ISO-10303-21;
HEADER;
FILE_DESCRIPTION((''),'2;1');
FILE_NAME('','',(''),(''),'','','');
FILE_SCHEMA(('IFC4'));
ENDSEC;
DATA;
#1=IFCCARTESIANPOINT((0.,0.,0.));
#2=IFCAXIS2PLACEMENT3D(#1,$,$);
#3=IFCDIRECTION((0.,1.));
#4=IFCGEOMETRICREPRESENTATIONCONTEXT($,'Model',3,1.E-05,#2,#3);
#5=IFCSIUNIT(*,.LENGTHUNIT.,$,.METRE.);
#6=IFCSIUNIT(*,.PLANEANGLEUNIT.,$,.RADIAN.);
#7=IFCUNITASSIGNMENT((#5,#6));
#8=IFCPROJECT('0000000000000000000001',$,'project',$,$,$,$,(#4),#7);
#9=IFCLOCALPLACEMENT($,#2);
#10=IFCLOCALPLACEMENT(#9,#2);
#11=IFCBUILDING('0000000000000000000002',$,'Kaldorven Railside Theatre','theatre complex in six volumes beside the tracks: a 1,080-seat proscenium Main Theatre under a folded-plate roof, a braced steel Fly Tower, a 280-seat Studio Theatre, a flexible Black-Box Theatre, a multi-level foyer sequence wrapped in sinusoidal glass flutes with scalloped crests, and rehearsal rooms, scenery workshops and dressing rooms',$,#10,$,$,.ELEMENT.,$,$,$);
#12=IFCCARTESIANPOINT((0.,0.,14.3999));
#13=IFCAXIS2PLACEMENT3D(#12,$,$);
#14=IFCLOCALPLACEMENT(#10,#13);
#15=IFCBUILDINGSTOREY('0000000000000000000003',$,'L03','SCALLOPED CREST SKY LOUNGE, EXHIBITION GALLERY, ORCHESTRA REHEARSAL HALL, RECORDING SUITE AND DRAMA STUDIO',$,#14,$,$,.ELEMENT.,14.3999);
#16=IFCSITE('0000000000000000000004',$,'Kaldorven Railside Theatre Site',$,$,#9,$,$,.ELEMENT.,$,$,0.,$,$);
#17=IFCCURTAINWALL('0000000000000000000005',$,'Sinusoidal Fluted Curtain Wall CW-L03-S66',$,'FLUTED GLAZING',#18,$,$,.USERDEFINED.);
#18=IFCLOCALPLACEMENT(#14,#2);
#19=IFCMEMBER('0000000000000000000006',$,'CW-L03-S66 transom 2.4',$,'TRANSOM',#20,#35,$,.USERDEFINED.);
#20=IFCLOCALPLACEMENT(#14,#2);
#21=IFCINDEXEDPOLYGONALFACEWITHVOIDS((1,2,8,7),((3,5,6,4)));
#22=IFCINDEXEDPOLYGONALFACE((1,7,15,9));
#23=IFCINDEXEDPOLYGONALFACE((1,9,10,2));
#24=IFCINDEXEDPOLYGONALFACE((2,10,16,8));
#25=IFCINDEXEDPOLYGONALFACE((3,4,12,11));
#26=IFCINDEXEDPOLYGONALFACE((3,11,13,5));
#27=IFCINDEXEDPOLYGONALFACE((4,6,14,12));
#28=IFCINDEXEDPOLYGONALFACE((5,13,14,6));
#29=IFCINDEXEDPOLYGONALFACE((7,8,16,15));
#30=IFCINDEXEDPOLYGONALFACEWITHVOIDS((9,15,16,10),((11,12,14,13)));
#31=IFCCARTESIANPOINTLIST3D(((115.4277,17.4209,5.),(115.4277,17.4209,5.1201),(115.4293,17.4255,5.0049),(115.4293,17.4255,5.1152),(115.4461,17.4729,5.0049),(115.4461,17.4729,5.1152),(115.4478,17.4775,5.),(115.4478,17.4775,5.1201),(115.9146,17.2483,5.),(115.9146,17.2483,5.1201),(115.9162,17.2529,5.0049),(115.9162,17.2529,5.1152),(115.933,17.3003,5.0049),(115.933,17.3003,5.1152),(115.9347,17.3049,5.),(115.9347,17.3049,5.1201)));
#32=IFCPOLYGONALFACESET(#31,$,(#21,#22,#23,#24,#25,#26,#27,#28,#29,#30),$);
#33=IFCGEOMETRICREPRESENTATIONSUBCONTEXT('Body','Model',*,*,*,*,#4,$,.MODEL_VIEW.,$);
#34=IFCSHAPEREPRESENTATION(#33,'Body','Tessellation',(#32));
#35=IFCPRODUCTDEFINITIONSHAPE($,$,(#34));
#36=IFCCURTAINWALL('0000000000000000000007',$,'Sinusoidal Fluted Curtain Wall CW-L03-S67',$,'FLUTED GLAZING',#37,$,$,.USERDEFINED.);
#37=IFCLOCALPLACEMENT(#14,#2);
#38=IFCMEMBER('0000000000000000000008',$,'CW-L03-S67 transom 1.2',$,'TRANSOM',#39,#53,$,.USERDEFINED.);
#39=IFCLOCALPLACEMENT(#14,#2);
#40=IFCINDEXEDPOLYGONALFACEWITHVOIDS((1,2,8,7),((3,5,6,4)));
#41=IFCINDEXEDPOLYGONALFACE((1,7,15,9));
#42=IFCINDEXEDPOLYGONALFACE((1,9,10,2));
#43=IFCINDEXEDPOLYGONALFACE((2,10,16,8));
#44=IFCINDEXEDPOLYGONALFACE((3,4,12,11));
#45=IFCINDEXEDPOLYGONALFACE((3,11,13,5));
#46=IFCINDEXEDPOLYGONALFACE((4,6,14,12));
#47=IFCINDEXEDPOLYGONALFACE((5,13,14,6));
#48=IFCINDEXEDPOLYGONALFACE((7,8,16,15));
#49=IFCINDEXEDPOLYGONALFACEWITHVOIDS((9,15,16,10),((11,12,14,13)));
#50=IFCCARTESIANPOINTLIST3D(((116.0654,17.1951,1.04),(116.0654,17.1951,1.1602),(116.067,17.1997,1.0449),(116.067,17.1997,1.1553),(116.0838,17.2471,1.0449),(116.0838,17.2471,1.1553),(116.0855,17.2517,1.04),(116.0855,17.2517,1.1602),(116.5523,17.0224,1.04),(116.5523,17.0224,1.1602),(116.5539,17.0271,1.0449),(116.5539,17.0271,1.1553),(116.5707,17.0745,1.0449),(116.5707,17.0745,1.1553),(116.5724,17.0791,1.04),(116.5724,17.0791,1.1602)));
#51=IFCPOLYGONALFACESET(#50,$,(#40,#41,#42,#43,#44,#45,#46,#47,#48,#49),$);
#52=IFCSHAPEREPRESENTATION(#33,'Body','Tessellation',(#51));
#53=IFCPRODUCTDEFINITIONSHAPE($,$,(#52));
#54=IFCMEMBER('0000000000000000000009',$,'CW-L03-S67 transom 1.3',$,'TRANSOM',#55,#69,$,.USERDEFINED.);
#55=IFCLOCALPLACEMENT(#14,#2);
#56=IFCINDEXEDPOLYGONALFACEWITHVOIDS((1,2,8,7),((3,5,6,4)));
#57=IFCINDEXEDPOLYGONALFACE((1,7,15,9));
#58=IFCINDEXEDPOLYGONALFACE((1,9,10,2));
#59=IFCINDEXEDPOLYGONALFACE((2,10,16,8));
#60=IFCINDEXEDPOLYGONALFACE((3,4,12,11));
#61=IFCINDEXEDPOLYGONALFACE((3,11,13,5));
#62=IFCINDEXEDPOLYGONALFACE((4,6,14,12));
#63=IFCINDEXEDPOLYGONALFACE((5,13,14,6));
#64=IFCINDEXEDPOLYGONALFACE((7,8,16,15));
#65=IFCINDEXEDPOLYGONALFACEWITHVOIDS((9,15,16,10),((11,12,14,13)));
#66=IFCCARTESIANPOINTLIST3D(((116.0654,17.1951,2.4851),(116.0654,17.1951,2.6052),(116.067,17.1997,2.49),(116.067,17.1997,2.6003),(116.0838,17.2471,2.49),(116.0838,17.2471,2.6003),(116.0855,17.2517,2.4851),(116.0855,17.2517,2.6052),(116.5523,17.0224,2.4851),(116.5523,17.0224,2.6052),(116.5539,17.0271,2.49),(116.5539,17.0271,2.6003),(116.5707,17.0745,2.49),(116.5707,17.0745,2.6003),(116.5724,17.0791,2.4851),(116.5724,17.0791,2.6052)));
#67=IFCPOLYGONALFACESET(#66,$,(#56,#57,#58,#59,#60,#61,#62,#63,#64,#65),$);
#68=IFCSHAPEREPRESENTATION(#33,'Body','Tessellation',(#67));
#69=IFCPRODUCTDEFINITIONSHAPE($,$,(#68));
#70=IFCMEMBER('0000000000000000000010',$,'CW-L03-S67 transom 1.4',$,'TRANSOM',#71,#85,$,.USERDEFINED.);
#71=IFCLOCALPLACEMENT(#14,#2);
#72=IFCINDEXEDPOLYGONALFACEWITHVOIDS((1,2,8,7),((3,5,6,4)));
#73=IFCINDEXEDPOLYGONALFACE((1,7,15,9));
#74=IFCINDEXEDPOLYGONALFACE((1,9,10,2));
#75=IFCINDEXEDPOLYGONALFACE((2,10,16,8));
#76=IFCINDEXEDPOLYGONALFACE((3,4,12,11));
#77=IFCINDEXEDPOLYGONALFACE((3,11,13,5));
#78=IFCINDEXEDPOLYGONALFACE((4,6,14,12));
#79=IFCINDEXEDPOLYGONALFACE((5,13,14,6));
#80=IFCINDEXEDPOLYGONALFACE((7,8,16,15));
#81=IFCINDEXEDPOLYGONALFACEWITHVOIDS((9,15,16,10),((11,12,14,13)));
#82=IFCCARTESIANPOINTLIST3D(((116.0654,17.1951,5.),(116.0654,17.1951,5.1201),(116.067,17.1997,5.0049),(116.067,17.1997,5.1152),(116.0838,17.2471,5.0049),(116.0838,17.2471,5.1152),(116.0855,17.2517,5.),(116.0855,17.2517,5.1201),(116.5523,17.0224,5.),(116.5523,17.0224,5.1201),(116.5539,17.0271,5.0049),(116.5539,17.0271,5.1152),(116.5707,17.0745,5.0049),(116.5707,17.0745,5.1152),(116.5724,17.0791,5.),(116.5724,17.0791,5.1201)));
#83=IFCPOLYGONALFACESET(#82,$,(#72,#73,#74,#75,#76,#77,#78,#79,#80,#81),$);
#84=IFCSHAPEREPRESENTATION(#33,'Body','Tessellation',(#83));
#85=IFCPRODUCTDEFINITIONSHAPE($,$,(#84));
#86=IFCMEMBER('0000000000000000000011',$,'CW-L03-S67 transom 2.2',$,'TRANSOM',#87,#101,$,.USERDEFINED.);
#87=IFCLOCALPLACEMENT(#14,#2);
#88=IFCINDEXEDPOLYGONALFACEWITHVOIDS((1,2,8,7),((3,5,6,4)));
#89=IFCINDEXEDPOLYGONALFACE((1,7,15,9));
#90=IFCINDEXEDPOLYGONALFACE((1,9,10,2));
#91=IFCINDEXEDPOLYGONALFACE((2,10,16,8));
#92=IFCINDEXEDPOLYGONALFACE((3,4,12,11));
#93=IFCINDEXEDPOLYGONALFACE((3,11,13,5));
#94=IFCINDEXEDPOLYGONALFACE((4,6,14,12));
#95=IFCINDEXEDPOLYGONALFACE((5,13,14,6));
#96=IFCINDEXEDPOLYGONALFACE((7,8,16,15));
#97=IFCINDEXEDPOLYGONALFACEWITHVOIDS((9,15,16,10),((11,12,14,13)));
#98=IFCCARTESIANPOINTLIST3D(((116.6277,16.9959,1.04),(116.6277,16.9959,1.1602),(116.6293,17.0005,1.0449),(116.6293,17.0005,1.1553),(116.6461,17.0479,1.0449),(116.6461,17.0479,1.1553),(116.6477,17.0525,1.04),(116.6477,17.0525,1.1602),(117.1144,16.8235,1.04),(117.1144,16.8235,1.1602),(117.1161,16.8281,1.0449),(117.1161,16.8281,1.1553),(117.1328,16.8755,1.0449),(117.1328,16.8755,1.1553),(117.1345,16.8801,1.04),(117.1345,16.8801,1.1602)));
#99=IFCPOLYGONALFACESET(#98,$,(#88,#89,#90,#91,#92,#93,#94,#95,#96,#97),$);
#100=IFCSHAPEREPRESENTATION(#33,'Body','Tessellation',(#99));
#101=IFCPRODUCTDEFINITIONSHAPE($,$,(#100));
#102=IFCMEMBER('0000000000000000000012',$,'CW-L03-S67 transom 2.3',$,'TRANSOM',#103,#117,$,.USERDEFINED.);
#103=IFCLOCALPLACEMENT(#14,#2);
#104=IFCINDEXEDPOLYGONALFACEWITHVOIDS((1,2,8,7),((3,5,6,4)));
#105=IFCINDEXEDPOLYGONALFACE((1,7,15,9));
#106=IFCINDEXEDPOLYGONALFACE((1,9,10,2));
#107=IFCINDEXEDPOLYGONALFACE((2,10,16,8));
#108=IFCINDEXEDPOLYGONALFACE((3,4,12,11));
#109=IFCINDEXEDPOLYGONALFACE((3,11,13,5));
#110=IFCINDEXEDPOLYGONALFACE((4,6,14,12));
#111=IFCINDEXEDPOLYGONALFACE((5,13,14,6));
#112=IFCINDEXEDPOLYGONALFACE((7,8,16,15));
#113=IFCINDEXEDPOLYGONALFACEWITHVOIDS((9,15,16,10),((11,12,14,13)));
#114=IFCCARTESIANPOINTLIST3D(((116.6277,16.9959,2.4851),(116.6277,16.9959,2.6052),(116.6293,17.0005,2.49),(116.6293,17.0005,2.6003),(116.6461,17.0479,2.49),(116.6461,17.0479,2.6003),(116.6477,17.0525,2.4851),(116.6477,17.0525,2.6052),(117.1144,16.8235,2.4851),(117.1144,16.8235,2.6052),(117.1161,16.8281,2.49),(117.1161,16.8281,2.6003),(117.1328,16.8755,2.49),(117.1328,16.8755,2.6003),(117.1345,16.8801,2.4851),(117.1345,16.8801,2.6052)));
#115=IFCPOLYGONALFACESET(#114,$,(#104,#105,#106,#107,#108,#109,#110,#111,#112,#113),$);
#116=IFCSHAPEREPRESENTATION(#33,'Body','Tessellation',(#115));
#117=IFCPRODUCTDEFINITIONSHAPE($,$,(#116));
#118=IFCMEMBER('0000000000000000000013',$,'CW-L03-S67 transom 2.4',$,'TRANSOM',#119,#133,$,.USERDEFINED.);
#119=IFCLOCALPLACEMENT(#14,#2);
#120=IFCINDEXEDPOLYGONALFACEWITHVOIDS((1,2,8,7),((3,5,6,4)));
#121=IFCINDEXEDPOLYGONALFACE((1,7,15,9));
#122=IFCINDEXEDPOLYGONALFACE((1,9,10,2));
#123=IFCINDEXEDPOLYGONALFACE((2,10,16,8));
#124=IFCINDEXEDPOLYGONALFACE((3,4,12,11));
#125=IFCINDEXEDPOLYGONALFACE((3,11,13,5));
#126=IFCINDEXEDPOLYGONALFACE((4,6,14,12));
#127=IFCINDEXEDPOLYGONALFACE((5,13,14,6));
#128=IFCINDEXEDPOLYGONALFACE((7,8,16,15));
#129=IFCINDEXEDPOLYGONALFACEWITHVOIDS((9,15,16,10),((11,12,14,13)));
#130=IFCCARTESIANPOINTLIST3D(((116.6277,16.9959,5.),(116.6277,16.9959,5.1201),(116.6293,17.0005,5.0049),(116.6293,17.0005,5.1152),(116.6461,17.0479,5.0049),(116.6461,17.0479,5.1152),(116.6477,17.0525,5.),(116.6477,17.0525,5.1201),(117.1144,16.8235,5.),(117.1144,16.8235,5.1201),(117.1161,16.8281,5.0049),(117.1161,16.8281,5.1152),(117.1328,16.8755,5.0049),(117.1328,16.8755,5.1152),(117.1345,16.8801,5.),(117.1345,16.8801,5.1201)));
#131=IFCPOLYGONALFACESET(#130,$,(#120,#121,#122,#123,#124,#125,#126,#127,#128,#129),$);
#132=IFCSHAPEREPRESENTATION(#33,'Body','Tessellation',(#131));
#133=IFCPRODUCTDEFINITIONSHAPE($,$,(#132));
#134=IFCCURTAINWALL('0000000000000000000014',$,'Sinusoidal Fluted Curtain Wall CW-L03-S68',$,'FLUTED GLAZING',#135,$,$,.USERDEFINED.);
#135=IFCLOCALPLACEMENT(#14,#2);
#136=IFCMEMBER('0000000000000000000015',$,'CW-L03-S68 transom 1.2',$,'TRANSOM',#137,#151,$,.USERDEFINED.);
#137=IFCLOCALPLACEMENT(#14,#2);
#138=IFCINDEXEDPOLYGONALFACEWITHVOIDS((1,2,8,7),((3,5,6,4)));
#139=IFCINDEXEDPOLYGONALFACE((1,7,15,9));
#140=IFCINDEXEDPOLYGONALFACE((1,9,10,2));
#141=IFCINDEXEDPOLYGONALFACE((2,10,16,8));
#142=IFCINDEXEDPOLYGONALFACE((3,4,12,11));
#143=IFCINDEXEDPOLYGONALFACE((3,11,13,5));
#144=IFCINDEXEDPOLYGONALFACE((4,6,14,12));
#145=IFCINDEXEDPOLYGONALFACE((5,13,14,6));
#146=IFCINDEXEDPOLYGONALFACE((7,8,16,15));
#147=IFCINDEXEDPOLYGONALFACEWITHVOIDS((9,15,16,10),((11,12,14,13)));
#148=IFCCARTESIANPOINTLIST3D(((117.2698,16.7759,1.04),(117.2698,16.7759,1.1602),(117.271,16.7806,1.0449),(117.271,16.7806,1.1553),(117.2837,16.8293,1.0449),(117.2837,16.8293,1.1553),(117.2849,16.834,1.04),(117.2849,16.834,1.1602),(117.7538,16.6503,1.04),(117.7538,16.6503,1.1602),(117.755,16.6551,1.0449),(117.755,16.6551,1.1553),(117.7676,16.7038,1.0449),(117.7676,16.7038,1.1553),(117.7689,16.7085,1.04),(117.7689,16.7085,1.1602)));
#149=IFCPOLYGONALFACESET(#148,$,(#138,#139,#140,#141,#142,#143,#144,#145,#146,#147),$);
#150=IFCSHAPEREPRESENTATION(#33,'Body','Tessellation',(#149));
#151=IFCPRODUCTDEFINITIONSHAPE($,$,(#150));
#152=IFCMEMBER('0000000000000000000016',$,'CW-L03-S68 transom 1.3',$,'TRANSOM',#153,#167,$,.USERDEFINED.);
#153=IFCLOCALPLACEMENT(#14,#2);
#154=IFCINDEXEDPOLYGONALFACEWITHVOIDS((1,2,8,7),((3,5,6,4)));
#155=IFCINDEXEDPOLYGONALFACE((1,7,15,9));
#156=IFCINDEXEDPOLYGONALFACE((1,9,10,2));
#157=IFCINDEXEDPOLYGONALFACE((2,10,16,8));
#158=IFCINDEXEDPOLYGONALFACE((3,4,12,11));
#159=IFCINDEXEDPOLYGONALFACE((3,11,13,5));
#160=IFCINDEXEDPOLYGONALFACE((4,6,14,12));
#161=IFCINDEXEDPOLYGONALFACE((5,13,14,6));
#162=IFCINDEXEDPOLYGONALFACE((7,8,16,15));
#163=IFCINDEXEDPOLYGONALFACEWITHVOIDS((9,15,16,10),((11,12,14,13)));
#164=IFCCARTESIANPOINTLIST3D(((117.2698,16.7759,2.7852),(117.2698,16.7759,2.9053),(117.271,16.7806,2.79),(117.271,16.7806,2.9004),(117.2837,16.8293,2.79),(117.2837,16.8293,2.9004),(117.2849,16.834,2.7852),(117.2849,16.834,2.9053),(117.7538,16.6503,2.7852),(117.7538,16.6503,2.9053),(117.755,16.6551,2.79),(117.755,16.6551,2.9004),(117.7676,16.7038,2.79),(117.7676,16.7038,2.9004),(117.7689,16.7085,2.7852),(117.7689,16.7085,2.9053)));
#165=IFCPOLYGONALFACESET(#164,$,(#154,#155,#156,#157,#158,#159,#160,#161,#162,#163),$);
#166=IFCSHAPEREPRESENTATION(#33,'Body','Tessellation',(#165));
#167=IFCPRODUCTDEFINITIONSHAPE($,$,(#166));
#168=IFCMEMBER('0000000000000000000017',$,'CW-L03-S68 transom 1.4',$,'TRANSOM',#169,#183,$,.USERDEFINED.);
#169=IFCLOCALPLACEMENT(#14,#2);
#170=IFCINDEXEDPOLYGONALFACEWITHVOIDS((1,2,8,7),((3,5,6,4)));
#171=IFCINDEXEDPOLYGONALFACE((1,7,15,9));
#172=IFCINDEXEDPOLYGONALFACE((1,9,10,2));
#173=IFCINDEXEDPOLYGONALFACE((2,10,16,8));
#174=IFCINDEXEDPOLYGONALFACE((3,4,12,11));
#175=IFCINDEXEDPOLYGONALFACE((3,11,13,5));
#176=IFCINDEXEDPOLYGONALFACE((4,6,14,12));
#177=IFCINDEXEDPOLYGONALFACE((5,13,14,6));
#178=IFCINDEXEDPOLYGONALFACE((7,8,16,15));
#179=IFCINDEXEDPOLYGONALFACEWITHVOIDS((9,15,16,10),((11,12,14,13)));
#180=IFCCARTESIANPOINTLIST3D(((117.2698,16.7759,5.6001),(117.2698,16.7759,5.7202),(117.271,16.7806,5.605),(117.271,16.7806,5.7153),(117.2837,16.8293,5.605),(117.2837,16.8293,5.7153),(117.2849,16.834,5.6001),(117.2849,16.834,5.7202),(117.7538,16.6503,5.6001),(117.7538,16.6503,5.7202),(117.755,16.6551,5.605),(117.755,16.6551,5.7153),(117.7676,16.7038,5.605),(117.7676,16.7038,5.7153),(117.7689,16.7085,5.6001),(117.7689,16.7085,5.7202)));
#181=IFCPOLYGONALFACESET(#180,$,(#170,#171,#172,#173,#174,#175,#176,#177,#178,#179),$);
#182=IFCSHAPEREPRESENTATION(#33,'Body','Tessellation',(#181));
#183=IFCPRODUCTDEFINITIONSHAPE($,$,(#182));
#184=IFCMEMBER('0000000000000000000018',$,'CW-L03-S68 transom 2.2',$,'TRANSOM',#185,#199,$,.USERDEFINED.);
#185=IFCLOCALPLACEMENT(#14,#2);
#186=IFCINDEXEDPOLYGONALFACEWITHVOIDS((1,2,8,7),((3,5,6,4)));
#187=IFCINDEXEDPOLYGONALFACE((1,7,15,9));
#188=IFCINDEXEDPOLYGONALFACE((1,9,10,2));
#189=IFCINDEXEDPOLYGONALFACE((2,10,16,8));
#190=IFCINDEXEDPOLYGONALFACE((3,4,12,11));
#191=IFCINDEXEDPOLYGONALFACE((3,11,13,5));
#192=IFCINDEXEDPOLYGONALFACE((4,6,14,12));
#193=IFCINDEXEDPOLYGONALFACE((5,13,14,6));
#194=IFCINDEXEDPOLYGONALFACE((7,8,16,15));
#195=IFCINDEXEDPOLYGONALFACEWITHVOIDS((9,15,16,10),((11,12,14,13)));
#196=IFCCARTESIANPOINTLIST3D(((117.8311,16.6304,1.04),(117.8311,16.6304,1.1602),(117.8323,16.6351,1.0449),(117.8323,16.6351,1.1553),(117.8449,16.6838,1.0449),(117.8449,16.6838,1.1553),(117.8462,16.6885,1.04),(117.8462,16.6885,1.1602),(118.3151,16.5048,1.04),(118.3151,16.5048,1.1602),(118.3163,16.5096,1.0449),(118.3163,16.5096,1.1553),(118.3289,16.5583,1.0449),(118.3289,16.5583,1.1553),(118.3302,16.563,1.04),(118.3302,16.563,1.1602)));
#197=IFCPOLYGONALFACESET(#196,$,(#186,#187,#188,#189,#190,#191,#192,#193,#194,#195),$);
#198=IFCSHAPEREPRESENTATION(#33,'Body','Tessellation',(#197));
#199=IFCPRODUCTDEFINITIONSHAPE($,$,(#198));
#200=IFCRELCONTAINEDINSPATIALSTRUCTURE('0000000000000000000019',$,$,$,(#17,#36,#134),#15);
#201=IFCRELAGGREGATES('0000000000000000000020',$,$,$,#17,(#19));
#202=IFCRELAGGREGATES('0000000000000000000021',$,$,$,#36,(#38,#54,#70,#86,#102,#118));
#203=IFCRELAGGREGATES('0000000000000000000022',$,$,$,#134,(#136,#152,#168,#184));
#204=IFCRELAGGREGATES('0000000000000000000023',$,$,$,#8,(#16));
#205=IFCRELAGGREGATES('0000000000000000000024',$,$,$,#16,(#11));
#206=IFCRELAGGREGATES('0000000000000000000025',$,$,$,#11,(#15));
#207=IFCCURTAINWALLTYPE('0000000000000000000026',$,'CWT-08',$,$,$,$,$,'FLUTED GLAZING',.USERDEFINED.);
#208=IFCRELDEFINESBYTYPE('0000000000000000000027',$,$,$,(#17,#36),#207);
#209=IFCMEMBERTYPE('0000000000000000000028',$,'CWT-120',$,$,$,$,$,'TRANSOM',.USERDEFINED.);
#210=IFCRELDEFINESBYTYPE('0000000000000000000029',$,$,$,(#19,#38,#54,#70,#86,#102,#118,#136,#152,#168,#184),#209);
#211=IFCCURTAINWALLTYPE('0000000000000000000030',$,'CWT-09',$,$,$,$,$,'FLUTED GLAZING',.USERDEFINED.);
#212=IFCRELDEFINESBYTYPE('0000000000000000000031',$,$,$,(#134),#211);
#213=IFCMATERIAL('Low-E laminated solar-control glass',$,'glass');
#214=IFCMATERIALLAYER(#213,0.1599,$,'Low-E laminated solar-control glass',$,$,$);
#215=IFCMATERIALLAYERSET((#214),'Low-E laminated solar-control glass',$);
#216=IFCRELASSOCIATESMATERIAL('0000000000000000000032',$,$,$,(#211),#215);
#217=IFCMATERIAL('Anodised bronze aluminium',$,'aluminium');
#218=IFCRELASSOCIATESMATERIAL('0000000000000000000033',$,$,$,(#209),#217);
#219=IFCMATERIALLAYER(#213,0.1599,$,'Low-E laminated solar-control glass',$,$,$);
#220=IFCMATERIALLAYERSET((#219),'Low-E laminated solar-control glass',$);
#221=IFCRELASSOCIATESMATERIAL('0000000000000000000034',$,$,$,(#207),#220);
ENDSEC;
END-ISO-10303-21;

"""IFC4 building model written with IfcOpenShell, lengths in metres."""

from ifc_helpers import new_model, si_unit, direction, frame, origin, origin_2d, place, context, subcontext, project, spatial, hollow_rectangle, extrude, material, layer, layer_set, material_profile, profile_set, type_object, element, aggregate, save


model = new_model("IFC4")

# Units and contexts
model_context = context("Model", 3, precision=1e-05, world=origin(), true_north=direction((0.0, 1.0)))
body_context = subcontext(model_context, "Body", "Model", "MODEL_VIEW")
ifc_project = project(units=[si_unit("LENGTHUNIT", "METRE"), si_unit("PLANEANGLEUNIT", "RADIAN")], contexts=[model_context])

# Site, building, storey
site_placement = place(None, origin())
site = spatial("IfcSite", under=ifc_project, at=site_placement, Name="Kaldorven Railside Theatre Site", CompositionType="ELEMENT", RefElevation=0.0)
building_placement = place(site_placement, origin())
building = spatial("IfcBuilding", under=site, at=building_placement, Name="Kaldorven Railside Theatre", Description="theatre complex in six volumes beside the tracks: a 1,080-seat proscenium Main Theatre under a folded-plate roof, a braced steel Fly Tower, a 280-seat Studio Theatre, a flexible Black-Box Theatre, a multi-level foyer sequence wrapped in sinusoidal glass flutes with scalloped crests, and rehearsal rooms, scenery workshops and dressing rooms", CompositionType="ELEMENT")
storey_placement = place(building_placement, frame((0.0, 0.0, 14.3999)))
storey = spatial("IfcBuildingStorey", under=building, at=storey_placement, Name="L03", Description="SCALLOPED CREST SKY LOUNGE, EXHIBITION GALLERY, ORCHESTRA REHEARSAL HALL, RECORDING SUITE AND DRAMA STUDIO", CompositionType="ELEMENT", Elevation=14.3999)

# Curtain walls, members
ifc_material_1 = material(Name="Low-E laminated solar-control glass", Category="glass")
ifc_layer_1 = layer(ifc_material_1, 0.1599, Name="Low-E laminated solar-control glass")
ifc_layer_set_1 = layer_set([ifc_layer_1], Name="Low-E laminated solar-control glass")
curtain_wall_type_1 = type_object("IfcCurtainWallType", Name="CWT-09", ElementType="FLUTED GLAZING", PredefinedType="USERDEFINED", material=ifc_layer_set_1)
ifc_material_2 = material(Name="Anodised bronze aluminium", Category="aluminium")
ifc_material_profile = material_profile(ifc_material_2, hollow_rectangle(XDim=0.0601, YDim=0.1201, WallThickness=0.0049, at=origin_2d()), Name="RHS 120x60x5")
ifc_profile_set = profile_set([ifc_material_profile], Name="Anodised bronze aluminium")
member_type = type_object("IfcMemberType", Name="CWT-120", ElementType="TRANSOM", PredefinedType="USERDEFINED", material=ifc_profile_set)
ifc_layer_2 = layer(ifc_material_1, 0.1599, Name="Low-E laminated solar-control glass")
ifc_layer_set_2 = layer_set([ifc_layer_2], Name="Low-E laminated solar-control glass")
curtain_wall_type_2 = type_object("IfcCurtainWallType", Name="CWT-08", ElementType="FLUTED GLAZING", PredefinedType="USERDEFINED", material=ifc_layer_set_2)
curtain_wall_1_placement = place(storey_placement, origin())
curtain_wall_1 = element("IfcCurtainWall", 1, at=curtain_wall_1_placement, inside=storey, type_object=curtain_wall_type_2, Name="Sinusoidal Fluted Curtain Wall CW-L03-S66", ObjectType="FLUTED GLAZING", PredefinedType="USERDEFINED")
member_1_placement = place(storey_placement, frame((115.4377, 17.4492, 5.0601), z_axis=(0.942509, -0.33418, 0.0), x_axis=(0.33418, 0.942509, 0.0)))
member_1 = element("IfcMember", 2, at=member_1_placement, type_object=member_type, Name="CW-L03-S66 transom 2.4", ObjectType="TRANSOM", PredefinedType="USERDEFINED", context=body_context, shape_type="SweptSolid", body=[
    extrude(hollow_rectangle(XDim=0.0601, YDim=0.1201, WallThickness=0.0049, at=origin_2d()), origin(), (0.0, 0.0, 1.0), 0.5166),
])
curtain_wall_2_placement = place(storey_placement, origin())
curtain_wall_2 = element("IfcCurtainWall", 3, at=curtain_wall_2_placement, inside=storey, type_object=curtain_wall_type_2, Name="Sinusoidal Fluted Curtain Wall CW-L03-S67", ObjectType="FLUTED GLAZING", PredefinedType="USERDEFINED")
member_2_placement = place(storey_placement, frame((116.0754, 17.2234, 1.1001), z_axis=(0.942509, -0.33418, 0.0), x_axis=(0.33418, 0.942509, 0.0)))
member_2 = element("IfcMember", 4, at=member_2_placement, type_object=member_type, Name="CW-L03-S67 transom 1.2", ObjectType="TRANSOM", PredefinedType="USERDEFINED", context=body_context, shape_type="SweptSolid", body=[
    extrude(hollow_rectangle(XDim=0.0601, YDim=0.1201, WallThickness=0.0049, at=origin_2d()), origin(), (0.0, 0.0, 1.0), 0.5166),
])
member_3_placement = place(storey_placement, frame((116.0754, 17.2234, 2.5452), z_axis=(0.942509, -0.33418, 0.0), x_axis=(0.33418, 0.942509, 0.0)))
member_3 = element("IfcMember", 5, at=member_3_placement, type_object=member_type, Name="CW-L03-S67 transom 1.3", ObjectType="TRANSOM", PredefinedType="USERDEFINED", context=body_context, shape_type="SweptSolid", body=[
    extrude(hollow_rectangle(XDim=0.0601, YDim=0.1201, WallThickness=0.0049, at=origin_2d()), origin(), (0.0, 0.0, 1.0), 0.5166),
])
member_4_placement = place(storey_placement, frame((116.0754, 17.2234, 5.0601), z_axis=(0.942509, -0.33418, 0.0), x_axis=(0.33418, 0.942509, 0.0)))
member_4 = element("IfcMember", 6, at=member_4_placement, type_object=member_type, Name="CW-L03-S67 transom 1.4", ObjectType="TRANSOM", PredefinedType="USERDEFINED", context=body_context, shape_type="SweptSolid", body=[
    extrude(hollow_rectangle(XDim=0.0601, YDim=0.1201, WallThickness=0.0049, at=origin_2d()), origin(), (0.0, 0.0, 1.0), 0.5166),
])
member_5_placement = place(storey_placement, frame((116.6377, 17.0242, 1.1001), z_axis=(0.942658, -0.33376, 0.0), x_axis=(0.33376, 0.942658, 0.0)))
member_5 = element("IfcMember", 7, at=member_5_placement, type_object=member_type, Name="CW-L03-S67 transom 2.2", ObjectType="TRANSOM", PredefinedType="USERDEFINED", context=body_context, shape_type="SweptSolid", body=[
    extrude(hollow_rectangle(XDim=0.0601, YDim=0.1201, WallThickness=0.0049, at=origin_2d()), origin(), (0.0, 0.0, 1.0), 0.5164),
])
member_6_placement = place(storey_placement, frame((116.6377, 17.0242, 2.5452), z_axis=(0.942658, -0.33376, 0.0), x_axis=(0.33376, 0.942658, 0.0)))
member_6 = element("IfcMember", 8, at=member_6_placement, type_object=member_type, Name="CW-L03-S67 transom 2.3", ObjectType="TRANSOM", PredefinedType="USERDEFINED", context=body_context, shape_type="SweptSolid", body=[
    extrude(hollow_rectangle(XDim=0.0601, YDim=0.1201, WallThickness=0.0049, at=origin_2d()), origin(), (0.0, 0.0, 1.0), 0.5164),
])
member_7_placement = place(storey_placement, frame((116.6377, 17.0242, 5.0601), z_axis=(0.942658, -0.33376, 0.0), x_axis=(0.33376, 0.942658, 0.0)))
member_7 = element("IfcMember", 9, at=member_7_placement, type_object=member_type, Name="CW-L03-S67 transom 2.4", ObjectType="TRANSOM", PredefinedType="USERDEFINED", context=body_context, shape_type="SweptSolid", body=[
    extrude(hollow_rectangle(XDim=0.0601, YDim=0.1201, WallThickness=0.0049, at=origin_2d()), origin(), (0.0, 0.0, 1.0), 0.5164),
])
curtain_wall_3_placement = place(storey_placement, origin())
curtain_wall_3 = element("IfcCurtainWall", 10, at=curtain_wall_3_placement, inside=storey, type_object=curtain_wall_type_1, Name="Sinusoidal Fluted Curtain Wall CW-L03-S68", ObjectType="FLUTED GLAZING", PredefinedType="USERDEFINED")
member_8_placement = place(storey_placement, frame((117.2773, 16.8049, 1.1001), z_axis=(0.967979, -0.25103, 0.0), x_axis=(0.25103, 0.967979, 0.0)))
member_8 = element("IfcMember", 11, at=member_8_placement, type_object=member_type, Name="CW-L03-S68 transom 1.2", ObjectType="TRANSOM", PredefinedType="USERDEFINED", context=body_context, shape_type="SweptSolid", body=[
    extrude(hollow_rectangle(XDim=0.0601, YDim=0.1201, WallThickness=0.0049, at=origin_2d()), origin(), (0.0, 0.0, 1.0), 0.5),
])
member_9_placement = place(storey_placement, frame((117.2773, 16.8049, 2.8452), z_axis=(0.967979, -0.25103, 0.0), x_axis=(0.25103, 0.967979, 0.0)))
member_9 = element("IfcMember", 12, at=member_9_placement, type_object=member_type, Name="CW-L03-S68 transom 1.3", ObjectType="TRANSOM", PredefinedType="USERDEFINED", context=body_context, shape_type="SweptSolid", body=[
    extrude(hollow_rectangle(XDim=0.0601, YDim=0.1201, WallThickness=0.0049, at=origin_2d()), origin(), (0.0, 0.0, 1.0), 0.5),
])
member_10_placement = place(storey_placement, frame((117.2773, 16.8049, 5.6602), z_axis=(0.967979, -0.25103, 0.0), x_axis=(0.25103, 0.967979, 0.0)))
member_10 = element("IfcMember", 13, at=member_10_placement, type_object=member_type, Name="CW-L03-S68 transom 1.4", ObjectType="TRANSOM", PredefinedType="USERDEFINED", context=body_context, shape_type="SweptSolid", body=[
    extrude(hollow_rectangle(XDim=0.0601, YDim=0.1201, WallThickness=0.0049, at=origin_2d()), origin(), (0.0, 0.0, 1.0), 0.5),
])
member_11_placement = place(storey_placement, frame((117.8386, 16.6594, 1.1001), z_axis=(0.967979, -0.25103, 0.0), x_axis=(0.25103, 0.967979, 0.0)))
member_11 = element("IfcMember", 14, at=member_11_placement, type_object=member_type, Name="CW-L03-S68 transom 2.2", ObjectType="TRANSOM", PredefinedType="USERDEFINED", context=body_context, shape_type="SweptSolid", body=[
    extrude(hollow_rectangle(XDim=0.0601, YDim=0.1201, WallThickness=0.0049, at=origin_2d()), origin(), (0.0, 0.0, 1.0), 0.5),
])

aggregate(curtain_wall_1, [member_1])
aggregate(curtain_wall_2, [member_2, member_3, member_4, member_5, member_6, member_7])
aggregate(curtain_wall_3, [member_8, member_9, member_10, member_11])

save(model, "model.ifc")
